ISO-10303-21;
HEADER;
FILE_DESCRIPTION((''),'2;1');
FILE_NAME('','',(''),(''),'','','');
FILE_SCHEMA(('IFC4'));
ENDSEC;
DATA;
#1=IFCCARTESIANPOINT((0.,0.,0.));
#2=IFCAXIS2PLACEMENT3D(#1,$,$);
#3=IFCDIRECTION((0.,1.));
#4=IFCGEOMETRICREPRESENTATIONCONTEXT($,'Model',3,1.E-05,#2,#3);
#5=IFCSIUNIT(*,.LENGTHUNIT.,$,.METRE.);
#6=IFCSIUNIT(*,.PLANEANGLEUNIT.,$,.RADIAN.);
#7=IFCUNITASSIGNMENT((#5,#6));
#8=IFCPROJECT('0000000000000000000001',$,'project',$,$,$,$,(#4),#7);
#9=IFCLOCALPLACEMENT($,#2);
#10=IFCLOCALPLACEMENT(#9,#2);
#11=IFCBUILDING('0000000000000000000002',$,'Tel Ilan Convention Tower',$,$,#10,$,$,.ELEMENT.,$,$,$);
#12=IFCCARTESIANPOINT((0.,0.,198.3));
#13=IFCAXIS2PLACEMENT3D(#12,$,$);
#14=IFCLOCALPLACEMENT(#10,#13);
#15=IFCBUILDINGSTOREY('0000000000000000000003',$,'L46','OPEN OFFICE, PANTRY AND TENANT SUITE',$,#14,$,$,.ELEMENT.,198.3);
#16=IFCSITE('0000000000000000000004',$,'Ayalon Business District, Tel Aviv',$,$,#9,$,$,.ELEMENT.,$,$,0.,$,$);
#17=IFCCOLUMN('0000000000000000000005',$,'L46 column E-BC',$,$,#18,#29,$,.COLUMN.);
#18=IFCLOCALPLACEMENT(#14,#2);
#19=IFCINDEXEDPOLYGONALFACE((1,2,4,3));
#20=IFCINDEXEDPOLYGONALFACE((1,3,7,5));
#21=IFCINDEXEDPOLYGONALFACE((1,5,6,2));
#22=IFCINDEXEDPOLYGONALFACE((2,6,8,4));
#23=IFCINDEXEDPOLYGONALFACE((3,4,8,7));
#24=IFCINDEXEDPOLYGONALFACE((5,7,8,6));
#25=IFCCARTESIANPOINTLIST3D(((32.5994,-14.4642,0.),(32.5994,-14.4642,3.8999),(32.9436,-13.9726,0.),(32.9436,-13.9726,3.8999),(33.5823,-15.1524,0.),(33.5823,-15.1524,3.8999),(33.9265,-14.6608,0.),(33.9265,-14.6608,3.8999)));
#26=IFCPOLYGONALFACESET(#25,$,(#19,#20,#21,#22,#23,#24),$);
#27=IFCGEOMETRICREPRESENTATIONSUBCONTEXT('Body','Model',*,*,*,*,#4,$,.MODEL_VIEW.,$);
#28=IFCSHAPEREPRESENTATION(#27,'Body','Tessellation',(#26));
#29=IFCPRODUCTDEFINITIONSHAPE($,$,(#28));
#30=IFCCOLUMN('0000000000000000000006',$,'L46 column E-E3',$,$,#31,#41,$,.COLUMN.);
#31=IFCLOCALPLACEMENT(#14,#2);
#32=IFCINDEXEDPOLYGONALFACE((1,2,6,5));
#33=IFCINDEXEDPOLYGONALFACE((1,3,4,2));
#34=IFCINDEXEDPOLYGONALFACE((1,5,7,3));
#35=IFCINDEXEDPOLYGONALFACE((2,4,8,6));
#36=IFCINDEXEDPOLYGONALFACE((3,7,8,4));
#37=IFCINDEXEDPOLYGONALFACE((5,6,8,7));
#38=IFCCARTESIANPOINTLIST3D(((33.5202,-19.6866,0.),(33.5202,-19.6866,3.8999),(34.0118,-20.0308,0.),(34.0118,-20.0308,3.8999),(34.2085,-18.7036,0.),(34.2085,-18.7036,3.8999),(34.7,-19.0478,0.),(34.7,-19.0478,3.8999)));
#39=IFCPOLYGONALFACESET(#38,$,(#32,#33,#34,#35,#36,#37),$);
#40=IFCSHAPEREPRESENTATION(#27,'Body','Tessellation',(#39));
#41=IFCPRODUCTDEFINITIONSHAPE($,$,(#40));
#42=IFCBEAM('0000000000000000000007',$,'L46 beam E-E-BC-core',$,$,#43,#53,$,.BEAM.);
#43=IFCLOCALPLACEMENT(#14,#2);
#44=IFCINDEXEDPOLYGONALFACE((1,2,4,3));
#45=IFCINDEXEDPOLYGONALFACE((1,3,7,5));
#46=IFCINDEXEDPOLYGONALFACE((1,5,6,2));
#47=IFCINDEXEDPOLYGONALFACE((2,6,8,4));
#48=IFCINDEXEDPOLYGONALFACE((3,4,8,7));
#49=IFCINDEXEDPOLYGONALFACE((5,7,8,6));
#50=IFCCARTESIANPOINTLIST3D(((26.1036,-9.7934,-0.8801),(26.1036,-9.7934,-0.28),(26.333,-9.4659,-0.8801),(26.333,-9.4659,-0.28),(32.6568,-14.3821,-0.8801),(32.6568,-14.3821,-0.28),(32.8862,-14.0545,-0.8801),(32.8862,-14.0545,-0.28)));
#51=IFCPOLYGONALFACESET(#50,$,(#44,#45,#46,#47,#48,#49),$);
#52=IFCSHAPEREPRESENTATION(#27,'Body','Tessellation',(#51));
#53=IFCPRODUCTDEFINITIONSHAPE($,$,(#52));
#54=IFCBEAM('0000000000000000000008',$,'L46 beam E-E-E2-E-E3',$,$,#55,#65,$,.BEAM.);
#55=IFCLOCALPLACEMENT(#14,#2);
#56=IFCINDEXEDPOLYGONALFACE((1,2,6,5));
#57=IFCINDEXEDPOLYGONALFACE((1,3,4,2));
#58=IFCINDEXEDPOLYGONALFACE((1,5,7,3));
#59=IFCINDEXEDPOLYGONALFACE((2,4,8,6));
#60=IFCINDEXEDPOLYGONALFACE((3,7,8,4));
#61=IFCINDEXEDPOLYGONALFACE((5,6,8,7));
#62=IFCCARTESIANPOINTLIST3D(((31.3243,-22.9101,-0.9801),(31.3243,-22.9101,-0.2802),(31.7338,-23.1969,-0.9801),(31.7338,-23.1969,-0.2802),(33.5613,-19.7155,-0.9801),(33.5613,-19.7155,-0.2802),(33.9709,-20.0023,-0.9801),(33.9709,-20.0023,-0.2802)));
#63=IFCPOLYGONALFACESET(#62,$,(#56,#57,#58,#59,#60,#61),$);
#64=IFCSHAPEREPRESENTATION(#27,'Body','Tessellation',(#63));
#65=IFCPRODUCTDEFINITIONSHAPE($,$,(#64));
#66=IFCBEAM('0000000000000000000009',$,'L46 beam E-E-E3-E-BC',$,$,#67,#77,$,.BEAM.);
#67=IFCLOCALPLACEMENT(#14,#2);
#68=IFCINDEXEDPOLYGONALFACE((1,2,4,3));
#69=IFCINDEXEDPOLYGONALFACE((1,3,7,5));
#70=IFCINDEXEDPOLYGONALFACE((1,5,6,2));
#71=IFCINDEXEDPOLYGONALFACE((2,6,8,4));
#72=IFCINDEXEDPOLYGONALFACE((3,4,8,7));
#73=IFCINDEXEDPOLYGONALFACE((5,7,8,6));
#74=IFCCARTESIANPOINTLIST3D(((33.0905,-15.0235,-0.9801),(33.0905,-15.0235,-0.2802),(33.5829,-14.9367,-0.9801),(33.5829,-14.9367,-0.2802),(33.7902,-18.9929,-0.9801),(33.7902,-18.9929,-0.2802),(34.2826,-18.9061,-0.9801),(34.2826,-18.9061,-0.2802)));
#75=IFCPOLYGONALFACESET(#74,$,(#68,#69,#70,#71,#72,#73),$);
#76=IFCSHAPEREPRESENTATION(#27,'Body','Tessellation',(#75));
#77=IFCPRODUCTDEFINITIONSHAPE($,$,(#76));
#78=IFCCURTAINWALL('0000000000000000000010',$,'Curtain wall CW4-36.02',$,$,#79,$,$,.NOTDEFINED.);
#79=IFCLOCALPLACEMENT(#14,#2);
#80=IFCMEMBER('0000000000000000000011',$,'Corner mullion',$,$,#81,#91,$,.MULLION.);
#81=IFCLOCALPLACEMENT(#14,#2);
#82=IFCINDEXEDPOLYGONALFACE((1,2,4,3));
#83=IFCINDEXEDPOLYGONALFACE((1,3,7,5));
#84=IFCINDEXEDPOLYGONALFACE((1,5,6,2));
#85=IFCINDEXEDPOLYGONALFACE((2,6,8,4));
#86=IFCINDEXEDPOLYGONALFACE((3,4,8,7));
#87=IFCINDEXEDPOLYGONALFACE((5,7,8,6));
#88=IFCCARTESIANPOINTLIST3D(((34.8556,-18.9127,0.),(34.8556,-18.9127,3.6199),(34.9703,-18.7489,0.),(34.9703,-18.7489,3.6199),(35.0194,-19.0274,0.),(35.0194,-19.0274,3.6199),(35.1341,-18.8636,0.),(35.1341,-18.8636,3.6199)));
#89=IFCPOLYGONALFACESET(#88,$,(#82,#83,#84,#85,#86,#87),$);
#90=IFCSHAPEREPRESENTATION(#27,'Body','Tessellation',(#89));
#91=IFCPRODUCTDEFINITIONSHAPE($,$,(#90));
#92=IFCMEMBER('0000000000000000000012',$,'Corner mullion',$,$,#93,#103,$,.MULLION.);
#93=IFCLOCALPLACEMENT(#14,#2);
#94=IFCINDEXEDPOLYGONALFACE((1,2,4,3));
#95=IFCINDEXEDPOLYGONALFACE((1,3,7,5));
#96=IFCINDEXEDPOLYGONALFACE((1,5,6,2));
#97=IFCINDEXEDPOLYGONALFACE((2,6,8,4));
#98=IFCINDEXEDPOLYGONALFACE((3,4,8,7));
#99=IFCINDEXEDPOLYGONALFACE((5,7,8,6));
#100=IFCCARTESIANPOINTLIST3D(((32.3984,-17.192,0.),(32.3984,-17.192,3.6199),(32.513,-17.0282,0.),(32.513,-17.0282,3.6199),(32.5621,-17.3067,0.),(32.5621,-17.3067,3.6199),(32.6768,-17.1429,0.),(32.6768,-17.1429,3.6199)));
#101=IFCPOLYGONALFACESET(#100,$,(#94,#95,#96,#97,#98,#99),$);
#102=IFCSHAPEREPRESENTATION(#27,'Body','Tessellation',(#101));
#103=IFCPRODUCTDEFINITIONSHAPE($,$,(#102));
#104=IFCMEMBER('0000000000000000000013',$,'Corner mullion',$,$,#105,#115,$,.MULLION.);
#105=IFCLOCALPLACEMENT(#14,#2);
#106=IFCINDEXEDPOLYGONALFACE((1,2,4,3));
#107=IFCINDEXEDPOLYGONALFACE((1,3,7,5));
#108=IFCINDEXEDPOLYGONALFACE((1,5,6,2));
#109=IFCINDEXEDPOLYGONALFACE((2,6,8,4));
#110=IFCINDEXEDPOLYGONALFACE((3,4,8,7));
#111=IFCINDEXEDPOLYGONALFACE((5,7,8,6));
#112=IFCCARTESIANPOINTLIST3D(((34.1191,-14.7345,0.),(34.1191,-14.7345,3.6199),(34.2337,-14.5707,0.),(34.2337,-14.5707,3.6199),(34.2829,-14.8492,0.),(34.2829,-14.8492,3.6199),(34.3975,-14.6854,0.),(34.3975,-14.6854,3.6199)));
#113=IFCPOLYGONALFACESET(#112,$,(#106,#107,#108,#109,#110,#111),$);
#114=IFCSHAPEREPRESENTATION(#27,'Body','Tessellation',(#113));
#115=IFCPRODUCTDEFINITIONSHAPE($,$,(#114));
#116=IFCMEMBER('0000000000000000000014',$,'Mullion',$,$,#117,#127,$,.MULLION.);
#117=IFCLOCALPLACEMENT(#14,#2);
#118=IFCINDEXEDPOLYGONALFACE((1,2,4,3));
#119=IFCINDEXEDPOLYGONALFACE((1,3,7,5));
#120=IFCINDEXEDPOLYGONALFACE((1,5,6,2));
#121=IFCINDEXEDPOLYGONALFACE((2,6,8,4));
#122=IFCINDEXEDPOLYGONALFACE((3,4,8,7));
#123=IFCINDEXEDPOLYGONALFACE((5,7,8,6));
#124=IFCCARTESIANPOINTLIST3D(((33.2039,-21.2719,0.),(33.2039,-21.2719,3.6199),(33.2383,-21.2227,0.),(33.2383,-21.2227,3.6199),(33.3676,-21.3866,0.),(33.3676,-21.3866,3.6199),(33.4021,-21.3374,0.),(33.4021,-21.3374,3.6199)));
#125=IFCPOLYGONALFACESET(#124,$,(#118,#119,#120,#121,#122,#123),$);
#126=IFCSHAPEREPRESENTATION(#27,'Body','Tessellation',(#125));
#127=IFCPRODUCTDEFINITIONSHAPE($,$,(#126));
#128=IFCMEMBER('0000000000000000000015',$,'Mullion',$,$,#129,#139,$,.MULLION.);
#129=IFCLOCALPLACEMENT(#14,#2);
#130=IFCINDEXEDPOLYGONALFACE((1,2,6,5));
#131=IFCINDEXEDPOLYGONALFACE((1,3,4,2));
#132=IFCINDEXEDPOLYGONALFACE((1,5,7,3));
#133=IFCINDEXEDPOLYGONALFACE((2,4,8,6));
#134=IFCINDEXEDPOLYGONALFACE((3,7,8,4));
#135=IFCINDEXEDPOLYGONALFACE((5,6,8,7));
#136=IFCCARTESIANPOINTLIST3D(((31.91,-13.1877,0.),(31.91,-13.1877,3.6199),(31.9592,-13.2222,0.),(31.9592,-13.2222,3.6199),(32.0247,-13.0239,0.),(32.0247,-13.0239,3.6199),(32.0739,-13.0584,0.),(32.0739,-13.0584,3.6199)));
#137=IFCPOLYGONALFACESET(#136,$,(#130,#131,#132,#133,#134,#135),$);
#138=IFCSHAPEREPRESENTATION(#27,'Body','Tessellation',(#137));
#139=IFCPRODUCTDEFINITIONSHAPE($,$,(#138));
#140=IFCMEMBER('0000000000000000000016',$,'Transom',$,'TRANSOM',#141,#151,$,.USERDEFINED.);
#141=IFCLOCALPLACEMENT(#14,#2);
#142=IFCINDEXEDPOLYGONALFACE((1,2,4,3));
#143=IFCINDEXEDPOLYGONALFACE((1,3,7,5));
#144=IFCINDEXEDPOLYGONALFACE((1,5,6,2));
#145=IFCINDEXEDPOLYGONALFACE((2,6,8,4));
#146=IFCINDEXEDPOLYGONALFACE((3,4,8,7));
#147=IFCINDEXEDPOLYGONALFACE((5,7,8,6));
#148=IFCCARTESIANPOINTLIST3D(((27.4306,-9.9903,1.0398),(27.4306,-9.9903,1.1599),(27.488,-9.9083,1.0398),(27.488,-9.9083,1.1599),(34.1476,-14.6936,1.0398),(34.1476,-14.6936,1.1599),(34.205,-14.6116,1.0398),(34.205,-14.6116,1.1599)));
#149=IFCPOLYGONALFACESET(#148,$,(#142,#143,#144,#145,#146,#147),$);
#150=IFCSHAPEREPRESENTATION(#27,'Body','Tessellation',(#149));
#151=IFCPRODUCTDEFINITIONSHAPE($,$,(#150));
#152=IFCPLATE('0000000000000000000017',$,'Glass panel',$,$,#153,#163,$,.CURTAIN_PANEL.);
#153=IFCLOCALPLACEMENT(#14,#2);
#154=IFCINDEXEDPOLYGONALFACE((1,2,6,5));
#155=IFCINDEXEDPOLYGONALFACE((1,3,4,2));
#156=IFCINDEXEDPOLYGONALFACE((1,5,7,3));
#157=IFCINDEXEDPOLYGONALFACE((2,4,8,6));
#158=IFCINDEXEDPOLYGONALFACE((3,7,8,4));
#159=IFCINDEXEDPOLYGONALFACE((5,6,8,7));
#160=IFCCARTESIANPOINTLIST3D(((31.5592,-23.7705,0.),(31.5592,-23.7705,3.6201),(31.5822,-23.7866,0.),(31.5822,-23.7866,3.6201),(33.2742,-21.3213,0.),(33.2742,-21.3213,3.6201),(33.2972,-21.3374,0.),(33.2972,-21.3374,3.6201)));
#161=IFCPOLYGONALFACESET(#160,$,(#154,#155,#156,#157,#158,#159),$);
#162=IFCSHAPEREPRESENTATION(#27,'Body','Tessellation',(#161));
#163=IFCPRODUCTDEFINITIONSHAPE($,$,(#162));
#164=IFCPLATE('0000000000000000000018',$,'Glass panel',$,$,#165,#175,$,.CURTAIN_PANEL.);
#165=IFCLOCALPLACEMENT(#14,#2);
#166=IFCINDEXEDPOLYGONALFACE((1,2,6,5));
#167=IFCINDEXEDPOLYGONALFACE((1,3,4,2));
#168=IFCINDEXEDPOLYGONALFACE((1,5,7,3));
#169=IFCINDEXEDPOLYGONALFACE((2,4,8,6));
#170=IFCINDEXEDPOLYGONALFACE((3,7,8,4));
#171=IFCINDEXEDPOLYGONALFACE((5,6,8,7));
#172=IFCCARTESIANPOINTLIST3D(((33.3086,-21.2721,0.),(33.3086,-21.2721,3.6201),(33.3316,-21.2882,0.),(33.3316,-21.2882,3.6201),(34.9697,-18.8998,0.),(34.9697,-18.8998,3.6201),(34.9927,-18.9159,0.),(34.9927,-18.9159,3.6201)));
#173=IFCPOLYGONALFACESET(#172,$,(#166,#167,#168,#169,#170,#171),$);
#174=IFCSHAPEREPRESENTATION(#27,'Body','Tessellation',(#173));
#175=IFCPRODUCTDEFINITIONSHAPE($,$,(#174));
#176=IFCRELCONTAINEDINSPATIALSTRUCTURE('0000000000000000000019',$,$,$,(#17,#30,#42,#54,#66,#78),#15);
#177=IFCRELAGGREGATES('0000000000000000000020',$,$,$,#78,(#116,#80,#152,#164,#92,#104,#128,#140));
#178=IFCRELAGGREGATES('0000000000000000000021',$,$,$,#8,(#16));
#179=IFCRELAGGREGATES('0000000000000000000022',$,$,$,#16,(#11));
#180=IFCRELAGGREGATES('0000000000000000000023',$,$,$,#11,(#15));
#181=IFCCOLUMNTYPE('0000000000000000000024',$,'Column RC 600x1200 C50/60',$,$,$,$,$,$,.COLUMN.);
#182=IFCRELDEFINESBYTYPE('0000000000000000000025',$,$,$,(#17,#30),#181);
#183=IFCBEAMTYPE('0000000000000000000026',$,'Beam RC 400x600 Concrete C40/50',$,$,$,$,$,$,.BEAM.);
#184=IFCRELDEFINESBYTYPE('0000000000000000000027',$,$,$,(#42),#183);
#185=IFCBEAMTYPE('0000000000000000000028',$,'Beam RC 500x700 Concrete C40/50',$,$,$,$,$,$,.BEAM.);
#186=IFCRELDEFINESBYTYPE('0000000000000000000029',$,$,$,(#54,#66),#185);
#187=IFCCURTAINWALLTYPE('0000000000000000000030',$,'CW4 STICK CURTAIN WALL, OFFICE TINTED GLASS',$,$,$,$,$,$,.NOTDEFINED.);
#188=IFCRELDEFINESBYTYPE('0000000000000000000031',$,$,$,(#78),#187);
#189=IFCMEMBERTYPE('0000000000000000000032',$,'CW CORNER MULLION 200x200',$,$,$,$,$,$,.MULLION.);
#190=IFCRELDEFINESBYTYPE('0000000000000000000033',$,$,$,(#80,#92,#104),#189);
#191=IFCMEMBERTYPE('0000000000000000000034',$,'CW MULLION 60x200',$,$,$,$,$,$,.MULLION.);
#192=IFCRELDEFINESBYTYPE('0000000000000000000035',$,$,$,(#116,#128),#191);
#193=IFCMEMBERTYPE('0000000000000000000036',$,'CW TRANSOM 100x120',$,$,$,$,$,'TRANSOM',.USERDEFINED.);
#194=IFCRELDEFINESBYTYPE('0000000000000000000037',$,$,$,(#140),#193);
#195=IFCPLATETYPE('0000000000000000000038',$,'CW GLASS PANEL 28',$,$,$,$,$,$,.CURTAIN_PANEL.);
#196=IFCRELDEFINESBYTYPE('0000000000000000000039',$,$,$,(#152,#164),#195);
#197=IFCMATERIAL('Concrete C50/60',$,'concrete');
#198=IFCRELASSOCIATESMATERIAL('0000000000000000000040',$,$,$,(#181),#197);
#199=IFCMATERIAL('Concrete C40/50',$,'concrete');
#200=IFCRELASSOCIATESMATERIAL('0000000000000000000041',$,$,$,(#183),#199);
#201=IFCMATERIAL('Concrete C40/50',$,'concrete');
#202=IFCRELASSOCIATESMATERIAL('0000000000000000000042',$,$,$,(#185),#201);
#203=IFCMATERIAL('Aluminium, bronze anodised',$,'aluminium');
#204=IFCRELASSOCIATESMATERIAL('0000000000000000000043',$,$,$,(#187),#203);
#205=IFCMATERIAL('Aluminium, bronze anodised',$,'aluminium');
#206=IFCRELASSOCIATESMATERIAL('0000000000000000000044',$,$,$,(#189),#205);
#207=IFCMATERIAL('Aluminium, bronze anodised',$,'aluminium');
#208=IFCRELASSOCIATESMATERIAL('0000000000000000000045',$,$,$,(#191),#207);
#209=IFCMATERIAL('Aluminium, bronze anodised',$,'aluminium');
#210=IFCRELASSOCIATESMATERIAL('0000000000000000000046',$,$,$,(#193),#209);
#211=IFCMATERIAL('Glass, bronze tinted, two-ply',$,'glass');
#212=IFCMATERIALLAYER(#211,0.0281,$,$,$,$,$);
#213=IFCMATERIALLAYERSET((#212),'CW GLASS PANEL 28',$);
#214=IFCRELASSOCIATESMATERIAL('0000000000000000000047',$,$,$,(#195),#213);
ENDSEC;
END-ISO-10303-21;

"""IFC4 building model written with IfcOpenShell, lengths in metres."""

from ifc_helpers import new_model, si_unit, direction, frame, origin, origin_2d, place, context, subcontext, project, spatial, rectangle, extrude, material, layer, layer_set, material_profile, profile_set, type_object, element, aggregate, save


model = new_model("IFC4")

# Units and contexts
model_context = context("Model", 3, precision=1e-05, world=origin(), true_north=direction((0.0, 1.0)))
body_context = subcontext(model_context, "Body", "Model", "MODEL_VIEW")
ifc_project = project(units=[si_unit("LENGTHUNIT", "METRE"), si_unit("PLANEANGLEUNIT", "RADIAN")], contexts=[model_context])

# Site, building, storey
site_placement = place(None, origin())
site = spatial("IfcSite", under=ifc_project, at=site_placement, Name="Ayalon Business District, Tel Aviv", CompositionType="ELEMENT", RefElevation=0.0)
building_placement = place(site_placement, origin())
building = spatial("IfcBuilding", under=site, at=building_placement, Name="Tel Ilan Convention Tower", CompositionType="ELEMENT")
storey_placement = place(building_placement, frame((0.0, 0.0, 198.3)))
storey = spatial("IfcBuildingStorey", under=building, at=storey_placement, Name="L46", Description="OPEN OFFICE, PANTRY AND TENANT SUITE", CompositionType="ELEMENT", Elevation=198.3)

# Columns
ifc_material_1 = material(Name="Concrete C50/60", Category="concrete")
ifc_material_profile_1 = material_profile(ifc_material_1, rectangle(XDim=1.2, YDim=0.6001, at=origin_2d()), Name="RC 600x1200")
ifc_profile_set_1 = profile_set([ifc_material_profile_1], Name="Concrete C50/60")
column_type = type_object("IfcColumnType", Name="Column RC 600x1200 C50/60", PredefinedType="COLUMN", material=ifc_profile_set_1)
for number, where, z_axis, x_axis, name in (
    (1, (33.2629, -14.5625, 0.0), (0.0, 0.0, 1.0), (0.819152, -0.573576, 0.0), "L46 column E-BC"),
    (2, (34.1101, -19.3672, 0.0), (0.0, 0.0, 1.0), (0.573576, 0.819152, 0.0), "L46 column E-E3"),
):
    element("IfcColumn", number, at=place(storey_placement, frame(where, z_axis=z_axis, x_axis=x_axis)), inside=storey, type_object=column_type, Name=name, PredefinedType="COLUMN", context=body_context, shape_type="SweptSolid", body=[
        extrude(rectangle(XDim=1.2, YDim=0.6001, at=origin_2d()), origin(), (0.0, 0.0, 1.0), 3.8999),
    ])

# Beams
ifc_material_2 = material(Name="Concrete C40/50", Category="concrete")
ifc_material_profile_2 = material_profile(ifc_material_2, rectangle(XDim=0.3999, YDim=0.6001, at=origin_2d()), Name="RC 400x600")
ifc_profile_set_2 = profile_set([ifc_material_profile_2], Name="Concrete C40/50")
beam_type_1 = type_object("IfcBeamType", Name="Beam RC 400x600 Concrete C40/50", PredefinedType="BEAM", material=ifc_profile_set_2)
beam_1_placement = place(storey_placement, frame((32.7715, -14.2183, -0.5801), z_axis=(-0.819152, 0.573577, 0.0), x_axis=(-0.573577, -0.819152, 0.0)))
element("IfcBeam", 3, at=beam_1_placement, inside=storey, type_object=beam_type_1, Name="L46 beam E-E-BC-core", PredefinedType="BEAM", context=body_context, shape_type="SweptSolid", body=[
    extrude(rectangle(XDim=0.3999, YDim=0.6001, at=origin_2d()), origin(), (0.0, 0.0, 1.0), 8.0),
])
ifc_material_3 = material(Name="Concrete C40/50", Category="concrete")
ifc_material_profile_3 = material_profile(ifc_material_3, rectangle(XDim=0.5, YDim=0.7, at=origin_2d()), Name="RC 500x700")
ifc_profile_set_3 = profile_set([ifc_material_profile_3], Name="Concrete C40/50")
beam_type_2 = type_object("IfcBeamType", Name="Beam RC 500x700 Concrete C40/50", PredefinedType="BEAM", material=ifc_profile_set_3)
beam_2_placement = place(storey_placement, frame((31.5291, -23.0535, -0.6301), z_axis=(0.573609, 0.819129, 0.0), x_axis=(-0.819129, 0.573609, 0.0)))
element("IfcBeam", 4, at=beam_2_placement, inside=storey, type_object=beam_type_2, Name="L46 beam E-E-E2-E-E3", PredefinedType="BEAM", context=body_context, shape_type="SweptSolid", body=[
    extrude(rectangle(XDim=0.5, YDim=0.7, at=origin_2d()), origin(), (0.0, 0.0, 1.0), 3.8999),
])
beam_3_placement = place(storey_placement, frame((34.0364, -18.9495, -0.6301), z_axis=(-0.173606, 0.984815, 0.0), x_axis=(-0.984815, -0.173606, 0.0)))
element("IfcBeam", 5, at=beam_3_placement, inside=storey, type_object=beam_type_2, Name="L46 beam E-E-E3-E-BC", PredefinedType="BEAM", context=body_context, shape_type="SweptSolid", body=[
    extrude(rectangle(XDim=0.5, YDim=0.7, at=origin_2d()), origin(), (0.0, 0.0, 1.0), 4.0305),
])

# Curtain wall, members, plates
ifc_material_4 = material(Name="Aluminium, bronze anodised", Category="aluminium")
curtain_wall_type = type_object("IfcCurtainWallType", Name="CW4 STICK CURTAIN WALL, OFFICE TINTED GLASS", PredefinedType="NOTDEFINED", material=ifc_material_4)
curtain_wall_placement = place(storey_placement, origin())
curtain_wall = element("IfcCurtainWall", 6, at=curtain_wall_placement, inside=storey, type_object=curtain_wall_type, Name="Curtain wall CW4-36.02", PredefinedType="NOTDEFINED")
ifc_material_5 = material(Name="Aluminium, bronze anodised", Category="aluminium")
ifc_material_profile_4 = material_profile(ifc_material_5, rectangle(XDim=0.2, YDim=0.2, at=origin_2d()), Name="CW CORNER MULLION 200x200")
ifc_profile_set_4 = profile_set([ifc_material_profile_4], Name="Aluminium, bronze anodised")
member_type_1 = type_object("IfcMemberType", Name="CW CORNER MULLION 200x200", PredefinedType="MULLION", material=ifc_profile_set_4)
member_1_placement = place(storey_placement, frame((34.9949, -18.8882, 0.0), z_axis=(0.0, 0.0, 1.0), x_axis=(0.573576, 0.819152, 0.0)))
member_1 = element("IfcMember", 7, at=member_1_placement, type_object=member_type_1, Name="Corner mullion", PredefinedType="MULLION", context=body_context, shape_type="SweptSolid", body=[
    extrude(rectangle(XDim=0.2, YDim=0.2, at=origin_2d()), origin(), (0.0, 0.0, 1.0), 3.6199),
])
member_2_placement = place(storey_placement, frame((32.5376, -17.1675, 0.0), z_axis=(0.0, 0.0, 1.0), x_axis=(-0.819152, 0.573576, 0.0)))
member_2 = element("IfcMember", 8, at=member_2_placement, type_object=member_type_1, Name="Corner mullion", PredefinedType="MULLION", context=body_context, shape_type="SweptSolid", body=[
    extrude(rectangle(XDim=0.2, YDim=0.2, at=origin_2d()), origin(), (0.0, 0.0, 1.0), 3.6199),
])
member_3_placement = place(storey_placement, frame((34.2583, -14.71, 0.0), z_axis=(0.0, 0.0, 1.0), x_axis=(0.573576, 0.819152, 0.0)))
member_3 = element("IfcMember", 9, at=member_3_placement, type_object=member_type_1, Name="Corner mullion", PredefinedType="MULLION", context=body_context, shape_type="SweptSolid", body=[
    extrude(rectangle(XDim=0.2, YDim=0.2, at=origin_2d()), origin(), (0.0, 0.0, 1.0), 3.6199),
])
ifc_material_6 = material(Name="Aluminium, bronze anodised", Category="aluminium")
ifc_material_profile_5 = material_profile(ifc_material_6, rectangle(XDim=0.0601, YDim=0.2, at=origin_2d()), Name="CW MULLION 60x200")
ifc_profile_set_5 = profile_set([ifc_material_profile_5], Name="Aluminium, bronze anodised")
member_type_2 = type_object("IfcMemberType", Name="CW MULLION 60x200", PredefinedType="MULLION", material=ifc_profile_set_5)
member_4_placement = place(storey_placement, frame((33.303, -21.3047, 0.0), z_axis=(0.0, 0.0, 1.0), x_axis=(0.573576, 0.819152, 0.0)))
member_4 = element("IfcMember", 10, at=member_4_placement, type_object=member_type_2, Name="Mullion", PredefinedType="MULLION", context=body_context, shape_type="SweptSolid", body=[
    extrude(rectangle(XDim=0.0601, YDim=0.2, at=origin_2d()), origin(), (0.0, 0.0, 1.0), 3.6199),
])
member_5_placement = place(storey_placement, frame((31.9919, -13.123, 0.0), z_axis=(0.0, 0.0, 1.0), x_axis=(-0.819152, 0.573576, 0.0)))
member_5 = element("IfcMember", 11, at=member_5_placement, type_object=member_type_2, Name="Mullion", PredefinedType="MULLION", context=body_context, shape_type="SweptSolid", body=[
    extrude(rectangle(XDim=0.0601, YDim=0.2, at=origin_2d()), origin(), (0.0, 0.0, 1.0), 3.6199),
])
ifc_material_7 = material(Name="Aluminium, bronze anodised", Category="aluminium")
ifc_material_profile_6 = material_profile(ifc_material_7, rectangle(XDim=0.1001, YDim=0.1201, at=origin_2d()), Name="CW TRANSOM 100x120")
ifc_profile_set_6 = profile_set([ifc_material_profile_6], Name="Aluminium, bronze anodised")
member_type_3 = type_object("IfcMemberType", Name="CW TRANSOM 100x120", ElementType="TRANSOM", PredefinedType="USERDEFINED", material=ifc_profile_set_6)
member_6_placement = place(storey_placement, frame((34.1763, -14.6526, 1.0999), z_axis=(-0.819149, 0.57358, 0.0), x_axis=(-0.57358, -0.819149, 0.0)))
member_6 = element("IfcMember", 12, at=member_6_placement, type_object=member_type_3, Name="Transom", ObjectType="TRANSOM", PredefinedType="USERDEFINED", context=body_context, shape_type="SweptSolid", body=[
    extrude(rectangle(XDim=0.1001, YDim=0.1201, at=origin_2d()), origin(), (0.0, 0.0, 1.0), 8.2),
])
ifc_material_8 = material(Name="Glass, bronze tinted, two-ply", Category="glass")
ifc_layer_1 = layer(ifc_material_8, 0.0281)
ifc_layer_set_1 = layer_set([ifc_layer_1], Name="CW GLASS PANEL 28")
plate_type = type_object("IfcPlateType", Name="CW GLASS PANEL 28", PredefinedType="CURTAIN_PANEL", material=ifc_layer_set_1)
plate_1_placement = place(storey_placement, frame((32.4282, -22.554, 0.0), z_axis=(0.0, 0.0, 1.0), x_axis=(0.573576, 0.819152, 0.0)))
plate_1 = element("IfcPlate", 13, at=plate_1_placement, type_object=plate_type, Name="Glass panel", PredefinedType="CURTAIN_PANEL", context=body_context, shape_type="SweptSolid", body=[
    extrude(rectangle(XDim=2.99, YDim=0.0281, at=origin_2d()), origin(), (0.0, 0.0, 1.0), 3.6201),
])
plate_2_placement = place(storey_placement, frame((34.1506, -20.094, 0.0), z_axis=(0.0, 0.0, 1.0), x_axis=(0.573576, 0.819152, 0.0)))
plate_2 = element("IfcPlate", 14, at=plate_2_placement, type_object=plate_type, Name="Glass panel", PredefinedType="CURTAIN_PANEL", context=body_context, shape_type="SweptSolid", body=[
    extrude(rectangle(XDim=2.896, YDim=0.0281, at=origin_2d()), origin(), (0.0, 0.0, 1.0), 3.6201),
])
aggregate(curtain_wall, [member_4, member_1, plate_1, plate_2, member_2, member_3, member_5, member_6])

save(model, "model.ifc")
